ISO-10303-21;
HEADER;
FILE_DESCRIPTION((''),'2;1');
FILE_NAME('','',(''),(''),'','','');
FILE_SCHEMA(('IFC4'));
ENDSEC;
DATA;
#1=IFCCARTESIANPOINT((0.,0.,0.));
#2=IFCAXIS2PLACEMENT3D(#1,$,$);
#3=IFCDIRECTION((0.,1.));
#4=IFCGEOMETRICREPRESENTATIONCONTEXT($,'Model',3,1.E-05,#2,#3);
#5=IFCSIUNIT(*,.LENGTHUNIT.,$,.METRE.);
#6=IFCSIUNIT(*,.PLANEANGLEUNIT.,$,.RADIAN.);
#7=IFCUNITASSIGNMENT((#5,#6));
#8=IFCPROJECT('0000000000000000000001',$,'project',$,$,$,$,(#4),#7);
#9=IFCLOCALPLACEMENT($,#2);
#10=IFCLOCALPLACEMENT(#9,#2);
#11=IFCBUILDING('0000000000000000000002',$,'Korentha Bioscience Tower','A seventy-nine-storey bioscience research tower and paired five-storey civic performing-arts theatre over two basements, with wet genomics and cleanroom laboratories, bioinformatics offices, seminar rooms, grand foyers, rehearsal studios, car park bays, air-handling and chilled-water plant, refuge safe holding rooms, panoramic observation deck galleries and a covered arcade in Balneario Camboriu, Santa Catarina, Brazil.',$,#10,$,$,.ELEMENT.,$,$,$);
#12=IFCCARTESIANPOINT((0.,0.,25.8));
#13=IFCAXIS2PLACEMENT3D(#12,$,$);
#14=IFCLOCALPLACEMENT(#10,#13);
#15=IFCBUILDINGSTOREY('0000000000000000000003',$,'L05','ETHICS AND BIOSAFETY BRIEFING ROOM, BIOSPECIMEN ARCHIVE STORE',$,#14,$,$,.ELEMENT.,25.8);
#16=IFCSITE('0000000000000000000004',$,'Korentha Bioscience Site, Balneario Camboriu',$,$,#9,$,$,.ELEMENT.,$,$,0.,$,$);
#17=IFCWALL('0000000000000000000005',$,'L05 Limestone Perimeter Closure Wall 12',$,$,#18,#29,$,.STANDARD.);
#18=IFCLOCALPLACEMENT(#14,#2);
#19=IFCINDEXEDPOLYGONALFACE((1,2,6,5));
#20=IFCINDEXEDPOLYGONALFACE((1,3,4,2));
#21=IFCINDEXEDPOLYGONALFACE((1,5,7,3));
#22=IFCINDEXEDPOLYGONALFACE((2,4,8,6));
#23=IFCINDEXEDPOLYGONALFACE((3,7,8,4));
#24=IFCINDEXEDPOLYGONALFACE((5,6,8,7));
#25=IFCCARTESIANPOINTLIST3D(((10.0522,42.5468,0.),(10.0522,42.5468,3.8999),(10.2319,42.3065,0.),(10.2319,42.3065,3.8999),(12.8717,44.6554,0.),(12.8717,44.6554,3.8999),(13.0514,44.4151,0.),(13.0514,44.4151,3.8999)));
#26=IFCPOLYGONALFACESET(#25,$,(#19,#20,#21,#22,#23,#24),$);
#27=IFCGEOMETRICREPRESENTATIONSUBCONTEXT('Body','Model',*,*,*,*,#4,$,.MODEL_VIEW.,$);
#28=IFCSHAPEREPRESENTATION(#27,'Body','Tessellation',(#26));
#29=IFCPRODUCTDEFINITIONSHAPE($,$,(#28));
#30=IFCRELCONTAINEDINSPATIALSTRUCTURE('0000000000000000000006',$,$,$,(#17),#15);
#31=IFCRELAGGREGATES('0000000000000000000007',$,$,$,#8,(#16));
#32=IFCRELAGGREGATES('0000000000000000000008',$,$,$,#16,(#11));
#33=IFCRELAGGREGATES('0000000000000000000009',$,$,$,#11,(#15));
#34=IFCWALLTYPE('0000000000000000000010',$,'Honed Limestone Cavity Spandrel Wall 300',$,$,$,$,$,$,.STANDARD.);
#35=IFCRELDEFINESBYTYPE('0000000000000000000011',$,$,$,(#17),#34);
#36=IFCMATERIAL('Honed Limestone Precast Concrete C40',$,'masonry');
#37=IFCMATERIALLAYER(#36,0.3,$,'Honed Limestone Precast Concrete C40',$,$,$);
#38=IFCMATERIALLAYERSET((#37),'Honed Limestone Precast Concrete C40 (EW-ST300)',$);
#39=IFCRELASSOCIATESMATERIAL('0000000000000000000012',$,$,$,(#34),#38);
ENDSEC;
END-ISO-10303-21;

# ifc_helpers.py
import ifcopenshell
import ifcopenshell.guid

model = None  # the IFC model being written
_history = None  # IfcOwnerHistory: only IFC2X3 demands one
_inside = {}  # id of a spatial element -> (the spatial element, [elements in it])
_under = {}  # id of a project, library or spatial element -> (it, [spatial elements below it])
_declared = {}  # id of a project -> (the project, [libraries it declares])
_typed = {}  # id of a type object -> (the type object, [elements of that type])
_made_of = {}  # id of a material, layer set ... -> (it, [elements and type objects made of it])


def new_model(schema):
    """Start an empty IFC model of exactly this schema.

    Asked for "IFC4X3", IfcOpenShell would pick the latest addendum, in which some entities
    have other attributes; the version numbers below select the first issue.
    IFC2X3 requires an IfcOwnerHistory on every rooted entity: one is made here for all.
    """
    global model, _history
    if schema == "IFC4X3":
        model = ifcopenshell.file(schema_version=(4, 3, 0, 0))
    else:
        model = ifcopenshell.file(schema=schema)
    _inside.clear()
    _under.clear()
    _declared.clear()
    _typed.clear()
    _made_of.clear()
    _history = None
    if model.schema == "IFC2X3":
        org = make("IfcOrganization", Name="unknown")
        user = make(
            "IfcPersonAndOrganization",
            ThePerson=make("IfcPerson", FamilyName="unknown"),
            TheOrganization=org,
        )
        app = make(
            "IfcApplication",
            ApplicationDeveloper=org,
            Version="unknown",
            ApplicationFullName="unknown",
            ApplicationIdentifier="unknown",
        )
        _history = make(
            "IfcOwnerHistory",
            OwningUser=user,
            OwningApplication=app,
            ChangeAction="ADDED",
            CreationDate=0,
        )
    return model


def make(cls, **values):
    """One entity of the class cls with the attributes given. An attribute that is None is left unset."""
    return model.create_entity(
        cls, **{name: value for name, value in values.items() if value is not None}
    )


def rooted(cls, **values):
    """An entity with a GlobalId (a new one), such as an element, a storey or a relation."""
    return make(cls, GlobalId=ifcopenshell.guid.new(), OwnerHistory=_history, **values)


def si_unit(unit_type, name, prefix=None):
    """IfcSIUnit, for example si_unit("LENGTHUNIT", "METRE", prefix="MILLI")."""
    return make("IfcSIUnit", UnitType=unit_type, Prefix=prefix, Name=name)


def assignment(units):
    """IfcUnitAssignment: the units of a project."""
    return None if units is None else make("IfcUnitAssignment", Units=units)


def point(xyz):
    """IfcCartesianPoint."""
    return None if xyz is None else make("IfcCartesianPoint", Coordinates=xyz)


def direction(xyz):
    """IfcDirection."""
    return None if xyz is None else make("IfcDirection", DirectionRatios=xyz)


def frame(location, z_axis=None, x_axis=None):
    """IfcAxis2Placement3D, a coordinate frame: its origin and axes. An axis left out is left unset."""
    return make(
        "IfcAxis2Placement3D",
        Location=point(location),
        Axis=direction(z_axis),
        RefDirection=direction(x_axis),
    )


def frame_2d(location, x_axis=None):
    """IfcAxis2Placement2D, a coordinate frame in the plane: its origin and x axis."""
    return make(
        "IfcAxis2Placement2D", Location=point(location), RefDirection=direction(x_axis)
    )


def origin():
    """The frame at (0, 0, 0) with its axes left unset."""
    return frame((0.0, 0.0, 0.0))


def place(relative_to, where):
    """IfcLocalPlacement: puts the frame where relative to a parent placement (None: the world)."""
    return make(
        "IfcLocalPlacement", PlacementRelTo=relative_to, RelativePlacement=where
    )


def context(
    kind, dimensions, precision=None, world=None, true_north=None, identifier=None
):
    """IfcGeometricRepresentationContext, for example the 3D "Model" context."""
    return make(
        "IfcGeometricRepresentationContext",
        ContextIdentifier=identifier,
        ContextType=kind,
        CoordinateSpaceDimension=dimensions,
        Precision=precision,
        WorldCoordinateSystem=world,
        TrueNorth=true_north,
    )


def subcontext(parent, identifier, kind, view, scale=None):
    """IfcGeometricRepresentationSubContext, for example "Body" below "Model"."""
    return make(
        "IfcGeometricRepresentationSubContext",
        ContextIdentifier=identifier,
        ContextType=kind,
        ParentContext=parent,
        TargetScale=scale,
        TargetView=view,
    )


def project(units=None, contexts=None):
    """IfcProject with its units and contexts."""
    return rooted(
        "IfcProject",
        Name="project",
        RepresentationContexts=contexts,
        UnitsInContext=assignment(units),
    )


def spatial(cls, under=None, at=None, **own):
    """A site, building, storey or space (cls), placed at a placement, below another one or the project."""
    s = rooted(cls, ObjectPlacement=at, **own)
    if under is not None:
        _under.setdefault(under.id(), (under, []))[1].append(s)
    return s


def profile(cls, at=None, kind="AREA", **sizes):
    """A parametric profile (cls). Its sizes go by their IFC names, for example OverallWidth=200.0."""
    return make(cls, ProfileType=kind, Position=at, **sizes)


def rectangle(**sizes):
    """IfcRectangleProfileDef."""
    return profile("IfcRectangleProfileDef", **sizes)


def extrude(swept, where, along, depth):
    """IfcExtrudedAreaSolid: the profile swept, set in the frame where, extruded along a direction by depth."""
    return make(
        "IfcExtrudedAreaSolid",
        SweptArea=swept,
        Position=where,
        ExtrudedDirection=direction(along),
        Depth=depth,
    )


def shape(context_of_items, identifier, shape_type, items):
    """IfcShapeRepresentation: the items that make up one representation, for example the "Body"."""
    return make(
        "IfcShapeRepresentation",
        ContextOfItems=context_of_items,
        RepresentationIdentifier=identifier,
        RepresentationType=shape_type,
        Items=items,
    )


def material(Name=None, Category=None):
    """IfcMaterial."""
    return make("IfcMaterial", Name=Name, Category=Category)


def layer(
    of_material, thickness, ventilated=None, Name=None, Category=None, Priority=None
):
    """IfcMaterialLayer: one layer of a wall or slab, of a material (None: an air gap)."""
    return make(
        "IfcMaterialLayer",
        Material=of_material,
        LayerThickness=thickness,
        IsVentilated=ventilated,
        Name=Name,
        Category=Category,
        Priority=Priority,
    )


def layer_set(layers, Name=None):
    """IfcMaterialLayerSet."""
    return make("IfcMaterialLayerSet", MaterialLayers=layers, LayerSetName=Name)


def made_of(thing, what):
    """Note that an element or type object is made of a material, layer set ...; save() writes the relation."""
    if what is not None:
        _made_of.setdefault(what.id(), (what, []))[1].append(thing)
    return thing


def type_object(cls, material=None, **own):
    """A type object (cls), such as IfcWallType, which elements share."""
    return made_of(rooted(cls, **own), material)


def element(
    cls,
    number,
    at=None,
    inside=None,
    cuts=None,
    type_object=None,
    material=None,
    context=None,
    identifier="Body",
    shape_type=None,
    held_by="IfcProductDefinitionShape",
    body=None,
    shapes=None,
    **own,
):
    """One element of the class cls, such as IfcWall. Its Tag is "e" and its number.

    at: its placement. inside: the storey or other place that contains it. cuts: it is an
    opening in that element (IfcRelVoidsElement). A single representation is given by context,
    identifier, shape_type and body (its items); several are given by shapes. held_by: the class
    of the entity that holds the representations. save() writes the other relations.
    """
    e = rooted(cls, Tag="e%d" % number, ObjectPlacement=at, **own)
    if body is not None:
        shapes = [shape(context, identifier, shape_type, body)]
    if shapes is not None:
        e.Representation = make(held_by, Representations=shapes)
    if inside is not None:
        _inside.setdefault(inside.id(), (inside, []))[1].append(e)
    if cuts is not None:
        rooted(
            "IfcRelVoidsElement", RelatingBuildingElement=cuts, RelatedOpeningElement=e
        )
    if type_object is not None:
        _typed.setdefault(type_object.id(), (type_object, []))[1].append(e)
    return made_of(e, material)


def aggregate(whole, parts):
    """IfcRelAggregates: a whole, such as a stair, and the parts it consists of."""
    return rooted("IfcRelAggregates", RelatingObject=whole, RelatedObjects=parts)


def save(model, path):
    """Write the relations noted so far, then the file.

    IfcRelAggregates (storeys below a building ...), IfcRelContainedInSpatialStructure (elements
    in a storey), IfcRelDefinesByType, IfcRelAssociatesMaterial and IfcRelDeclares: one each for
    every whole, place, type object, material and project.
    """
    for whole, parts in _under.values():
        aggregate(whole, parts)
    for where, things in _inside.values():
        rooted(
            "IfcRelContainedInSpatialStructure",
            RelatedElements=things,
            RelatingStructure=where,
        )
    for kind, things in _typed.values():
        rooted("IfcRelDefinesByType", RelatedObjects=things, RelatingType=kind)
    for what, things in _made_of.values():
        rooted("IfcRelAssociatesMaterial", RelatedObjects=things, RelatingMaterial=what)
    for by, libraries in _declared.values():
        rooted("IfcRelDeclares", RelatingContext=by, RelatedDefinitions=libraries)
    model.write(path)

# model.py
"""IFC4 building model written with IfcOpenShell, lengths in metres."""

from ifc_helpers import new_model, si_unit, direction, frame, frame_2d, origin, place, context, subcontext, project, spatial, rectangle, extrude, material, layer, layer_set, type_object, element, save


model = new_model("IFC4")

# Units and contexts
model_context = context("Model", 3, precision=1e-05, world=origin(), true_north=direction((0.0, 1.0)))
body_context = subcontext(model_context, "Body", "Model", "MODEL_VIEW")
ifc_project = project(units=[si_unit("LENGTHUNIT", "METRE"), si_unit("PLANEANGLEUNIT", "RADIAN")], contexts=[model_context])

# Site, building, storey
site_placement = place(None, origin())
site = spatial("IfcSite", under=ifc_project, at=site_placement, Name="Korentha Bioscience Site, Balneario Camboriu", CompositionType="ELEMENT", RefElevation=0.0)
building_placement = place(site_placement, origin())
building = spatial("IfcBuilding", under=site, at=building_placement, Name="Korentha Bioscience Tower", Description="A seventy-nine-storey bioscience research tower and paired five-storey civic performing-arts theatre over two basements, with wet genomics and cleanroom laboratories, bioinformatics offices, seminar rooms, grand foyers, rehearsal studios, car park bays, air-handling and chilled-water plant, refuge safe holding rooms, panoramic observation deck galleries and a covered arcade in Balneario Camboriu, Santa Catarina, Brazil.", CompositionType="ELEMENT")
storey_placement = place(building_placement, frame((0.0, 0.0, 25.8)))
storey = spatial("IfcBuildingStorey", under=building, at=storey_placement, Name="L05", Description="ETHICS AND BIOSAFETY BRIEFING ROOM, BIOSPECIMEN ARCHIVE STORE", CompositionType="ELEMENT", Elevation=25.8)

# Shared definitions
ifc_material_1 = material(Name="Honed Limestone Precast Concrete C40", Category="masonry")
ifc_layer_1 = layer(ifc_material_1, 0.3, Name="Honed Limestone Precast Concrete C40")
ifc_layer_set_1 = layer_set([ifc_layer_1], Name="Honed Limestone Precast Concrete C40 (EW-ST300)")
wall_type_1 = type_object("IfcWallType", Name="Honed Limestone Cavity Spandrel Wall 300", PredefinedType="STANDARD", material=ifc_layer_set_1)

# Wall
wall_1_placement = place(storey_placement, frame((12.9614, 44.5352, 0.0), z_axis=(0.0, 0.0, 1.0), x_axis=(-0.800823, -0.598901, 0.0)))
element("IfcWall", 1, at=wall_1_placement, inside=storey, type_object=wall_type_1, Name="L05 Limestone Perimeter Closure Wall 12", PredefinedType="STANDARD", context=body_context, shape_type="SweptSolid", body=[
    extrude(rectangle(XDim=3.5208, YDim=0.3, at=frame_2d((1.7603, 0.0))), origin(), (0.0, 0.0, 1.0), 3.8999),
])

save(model, "model.ifc")
